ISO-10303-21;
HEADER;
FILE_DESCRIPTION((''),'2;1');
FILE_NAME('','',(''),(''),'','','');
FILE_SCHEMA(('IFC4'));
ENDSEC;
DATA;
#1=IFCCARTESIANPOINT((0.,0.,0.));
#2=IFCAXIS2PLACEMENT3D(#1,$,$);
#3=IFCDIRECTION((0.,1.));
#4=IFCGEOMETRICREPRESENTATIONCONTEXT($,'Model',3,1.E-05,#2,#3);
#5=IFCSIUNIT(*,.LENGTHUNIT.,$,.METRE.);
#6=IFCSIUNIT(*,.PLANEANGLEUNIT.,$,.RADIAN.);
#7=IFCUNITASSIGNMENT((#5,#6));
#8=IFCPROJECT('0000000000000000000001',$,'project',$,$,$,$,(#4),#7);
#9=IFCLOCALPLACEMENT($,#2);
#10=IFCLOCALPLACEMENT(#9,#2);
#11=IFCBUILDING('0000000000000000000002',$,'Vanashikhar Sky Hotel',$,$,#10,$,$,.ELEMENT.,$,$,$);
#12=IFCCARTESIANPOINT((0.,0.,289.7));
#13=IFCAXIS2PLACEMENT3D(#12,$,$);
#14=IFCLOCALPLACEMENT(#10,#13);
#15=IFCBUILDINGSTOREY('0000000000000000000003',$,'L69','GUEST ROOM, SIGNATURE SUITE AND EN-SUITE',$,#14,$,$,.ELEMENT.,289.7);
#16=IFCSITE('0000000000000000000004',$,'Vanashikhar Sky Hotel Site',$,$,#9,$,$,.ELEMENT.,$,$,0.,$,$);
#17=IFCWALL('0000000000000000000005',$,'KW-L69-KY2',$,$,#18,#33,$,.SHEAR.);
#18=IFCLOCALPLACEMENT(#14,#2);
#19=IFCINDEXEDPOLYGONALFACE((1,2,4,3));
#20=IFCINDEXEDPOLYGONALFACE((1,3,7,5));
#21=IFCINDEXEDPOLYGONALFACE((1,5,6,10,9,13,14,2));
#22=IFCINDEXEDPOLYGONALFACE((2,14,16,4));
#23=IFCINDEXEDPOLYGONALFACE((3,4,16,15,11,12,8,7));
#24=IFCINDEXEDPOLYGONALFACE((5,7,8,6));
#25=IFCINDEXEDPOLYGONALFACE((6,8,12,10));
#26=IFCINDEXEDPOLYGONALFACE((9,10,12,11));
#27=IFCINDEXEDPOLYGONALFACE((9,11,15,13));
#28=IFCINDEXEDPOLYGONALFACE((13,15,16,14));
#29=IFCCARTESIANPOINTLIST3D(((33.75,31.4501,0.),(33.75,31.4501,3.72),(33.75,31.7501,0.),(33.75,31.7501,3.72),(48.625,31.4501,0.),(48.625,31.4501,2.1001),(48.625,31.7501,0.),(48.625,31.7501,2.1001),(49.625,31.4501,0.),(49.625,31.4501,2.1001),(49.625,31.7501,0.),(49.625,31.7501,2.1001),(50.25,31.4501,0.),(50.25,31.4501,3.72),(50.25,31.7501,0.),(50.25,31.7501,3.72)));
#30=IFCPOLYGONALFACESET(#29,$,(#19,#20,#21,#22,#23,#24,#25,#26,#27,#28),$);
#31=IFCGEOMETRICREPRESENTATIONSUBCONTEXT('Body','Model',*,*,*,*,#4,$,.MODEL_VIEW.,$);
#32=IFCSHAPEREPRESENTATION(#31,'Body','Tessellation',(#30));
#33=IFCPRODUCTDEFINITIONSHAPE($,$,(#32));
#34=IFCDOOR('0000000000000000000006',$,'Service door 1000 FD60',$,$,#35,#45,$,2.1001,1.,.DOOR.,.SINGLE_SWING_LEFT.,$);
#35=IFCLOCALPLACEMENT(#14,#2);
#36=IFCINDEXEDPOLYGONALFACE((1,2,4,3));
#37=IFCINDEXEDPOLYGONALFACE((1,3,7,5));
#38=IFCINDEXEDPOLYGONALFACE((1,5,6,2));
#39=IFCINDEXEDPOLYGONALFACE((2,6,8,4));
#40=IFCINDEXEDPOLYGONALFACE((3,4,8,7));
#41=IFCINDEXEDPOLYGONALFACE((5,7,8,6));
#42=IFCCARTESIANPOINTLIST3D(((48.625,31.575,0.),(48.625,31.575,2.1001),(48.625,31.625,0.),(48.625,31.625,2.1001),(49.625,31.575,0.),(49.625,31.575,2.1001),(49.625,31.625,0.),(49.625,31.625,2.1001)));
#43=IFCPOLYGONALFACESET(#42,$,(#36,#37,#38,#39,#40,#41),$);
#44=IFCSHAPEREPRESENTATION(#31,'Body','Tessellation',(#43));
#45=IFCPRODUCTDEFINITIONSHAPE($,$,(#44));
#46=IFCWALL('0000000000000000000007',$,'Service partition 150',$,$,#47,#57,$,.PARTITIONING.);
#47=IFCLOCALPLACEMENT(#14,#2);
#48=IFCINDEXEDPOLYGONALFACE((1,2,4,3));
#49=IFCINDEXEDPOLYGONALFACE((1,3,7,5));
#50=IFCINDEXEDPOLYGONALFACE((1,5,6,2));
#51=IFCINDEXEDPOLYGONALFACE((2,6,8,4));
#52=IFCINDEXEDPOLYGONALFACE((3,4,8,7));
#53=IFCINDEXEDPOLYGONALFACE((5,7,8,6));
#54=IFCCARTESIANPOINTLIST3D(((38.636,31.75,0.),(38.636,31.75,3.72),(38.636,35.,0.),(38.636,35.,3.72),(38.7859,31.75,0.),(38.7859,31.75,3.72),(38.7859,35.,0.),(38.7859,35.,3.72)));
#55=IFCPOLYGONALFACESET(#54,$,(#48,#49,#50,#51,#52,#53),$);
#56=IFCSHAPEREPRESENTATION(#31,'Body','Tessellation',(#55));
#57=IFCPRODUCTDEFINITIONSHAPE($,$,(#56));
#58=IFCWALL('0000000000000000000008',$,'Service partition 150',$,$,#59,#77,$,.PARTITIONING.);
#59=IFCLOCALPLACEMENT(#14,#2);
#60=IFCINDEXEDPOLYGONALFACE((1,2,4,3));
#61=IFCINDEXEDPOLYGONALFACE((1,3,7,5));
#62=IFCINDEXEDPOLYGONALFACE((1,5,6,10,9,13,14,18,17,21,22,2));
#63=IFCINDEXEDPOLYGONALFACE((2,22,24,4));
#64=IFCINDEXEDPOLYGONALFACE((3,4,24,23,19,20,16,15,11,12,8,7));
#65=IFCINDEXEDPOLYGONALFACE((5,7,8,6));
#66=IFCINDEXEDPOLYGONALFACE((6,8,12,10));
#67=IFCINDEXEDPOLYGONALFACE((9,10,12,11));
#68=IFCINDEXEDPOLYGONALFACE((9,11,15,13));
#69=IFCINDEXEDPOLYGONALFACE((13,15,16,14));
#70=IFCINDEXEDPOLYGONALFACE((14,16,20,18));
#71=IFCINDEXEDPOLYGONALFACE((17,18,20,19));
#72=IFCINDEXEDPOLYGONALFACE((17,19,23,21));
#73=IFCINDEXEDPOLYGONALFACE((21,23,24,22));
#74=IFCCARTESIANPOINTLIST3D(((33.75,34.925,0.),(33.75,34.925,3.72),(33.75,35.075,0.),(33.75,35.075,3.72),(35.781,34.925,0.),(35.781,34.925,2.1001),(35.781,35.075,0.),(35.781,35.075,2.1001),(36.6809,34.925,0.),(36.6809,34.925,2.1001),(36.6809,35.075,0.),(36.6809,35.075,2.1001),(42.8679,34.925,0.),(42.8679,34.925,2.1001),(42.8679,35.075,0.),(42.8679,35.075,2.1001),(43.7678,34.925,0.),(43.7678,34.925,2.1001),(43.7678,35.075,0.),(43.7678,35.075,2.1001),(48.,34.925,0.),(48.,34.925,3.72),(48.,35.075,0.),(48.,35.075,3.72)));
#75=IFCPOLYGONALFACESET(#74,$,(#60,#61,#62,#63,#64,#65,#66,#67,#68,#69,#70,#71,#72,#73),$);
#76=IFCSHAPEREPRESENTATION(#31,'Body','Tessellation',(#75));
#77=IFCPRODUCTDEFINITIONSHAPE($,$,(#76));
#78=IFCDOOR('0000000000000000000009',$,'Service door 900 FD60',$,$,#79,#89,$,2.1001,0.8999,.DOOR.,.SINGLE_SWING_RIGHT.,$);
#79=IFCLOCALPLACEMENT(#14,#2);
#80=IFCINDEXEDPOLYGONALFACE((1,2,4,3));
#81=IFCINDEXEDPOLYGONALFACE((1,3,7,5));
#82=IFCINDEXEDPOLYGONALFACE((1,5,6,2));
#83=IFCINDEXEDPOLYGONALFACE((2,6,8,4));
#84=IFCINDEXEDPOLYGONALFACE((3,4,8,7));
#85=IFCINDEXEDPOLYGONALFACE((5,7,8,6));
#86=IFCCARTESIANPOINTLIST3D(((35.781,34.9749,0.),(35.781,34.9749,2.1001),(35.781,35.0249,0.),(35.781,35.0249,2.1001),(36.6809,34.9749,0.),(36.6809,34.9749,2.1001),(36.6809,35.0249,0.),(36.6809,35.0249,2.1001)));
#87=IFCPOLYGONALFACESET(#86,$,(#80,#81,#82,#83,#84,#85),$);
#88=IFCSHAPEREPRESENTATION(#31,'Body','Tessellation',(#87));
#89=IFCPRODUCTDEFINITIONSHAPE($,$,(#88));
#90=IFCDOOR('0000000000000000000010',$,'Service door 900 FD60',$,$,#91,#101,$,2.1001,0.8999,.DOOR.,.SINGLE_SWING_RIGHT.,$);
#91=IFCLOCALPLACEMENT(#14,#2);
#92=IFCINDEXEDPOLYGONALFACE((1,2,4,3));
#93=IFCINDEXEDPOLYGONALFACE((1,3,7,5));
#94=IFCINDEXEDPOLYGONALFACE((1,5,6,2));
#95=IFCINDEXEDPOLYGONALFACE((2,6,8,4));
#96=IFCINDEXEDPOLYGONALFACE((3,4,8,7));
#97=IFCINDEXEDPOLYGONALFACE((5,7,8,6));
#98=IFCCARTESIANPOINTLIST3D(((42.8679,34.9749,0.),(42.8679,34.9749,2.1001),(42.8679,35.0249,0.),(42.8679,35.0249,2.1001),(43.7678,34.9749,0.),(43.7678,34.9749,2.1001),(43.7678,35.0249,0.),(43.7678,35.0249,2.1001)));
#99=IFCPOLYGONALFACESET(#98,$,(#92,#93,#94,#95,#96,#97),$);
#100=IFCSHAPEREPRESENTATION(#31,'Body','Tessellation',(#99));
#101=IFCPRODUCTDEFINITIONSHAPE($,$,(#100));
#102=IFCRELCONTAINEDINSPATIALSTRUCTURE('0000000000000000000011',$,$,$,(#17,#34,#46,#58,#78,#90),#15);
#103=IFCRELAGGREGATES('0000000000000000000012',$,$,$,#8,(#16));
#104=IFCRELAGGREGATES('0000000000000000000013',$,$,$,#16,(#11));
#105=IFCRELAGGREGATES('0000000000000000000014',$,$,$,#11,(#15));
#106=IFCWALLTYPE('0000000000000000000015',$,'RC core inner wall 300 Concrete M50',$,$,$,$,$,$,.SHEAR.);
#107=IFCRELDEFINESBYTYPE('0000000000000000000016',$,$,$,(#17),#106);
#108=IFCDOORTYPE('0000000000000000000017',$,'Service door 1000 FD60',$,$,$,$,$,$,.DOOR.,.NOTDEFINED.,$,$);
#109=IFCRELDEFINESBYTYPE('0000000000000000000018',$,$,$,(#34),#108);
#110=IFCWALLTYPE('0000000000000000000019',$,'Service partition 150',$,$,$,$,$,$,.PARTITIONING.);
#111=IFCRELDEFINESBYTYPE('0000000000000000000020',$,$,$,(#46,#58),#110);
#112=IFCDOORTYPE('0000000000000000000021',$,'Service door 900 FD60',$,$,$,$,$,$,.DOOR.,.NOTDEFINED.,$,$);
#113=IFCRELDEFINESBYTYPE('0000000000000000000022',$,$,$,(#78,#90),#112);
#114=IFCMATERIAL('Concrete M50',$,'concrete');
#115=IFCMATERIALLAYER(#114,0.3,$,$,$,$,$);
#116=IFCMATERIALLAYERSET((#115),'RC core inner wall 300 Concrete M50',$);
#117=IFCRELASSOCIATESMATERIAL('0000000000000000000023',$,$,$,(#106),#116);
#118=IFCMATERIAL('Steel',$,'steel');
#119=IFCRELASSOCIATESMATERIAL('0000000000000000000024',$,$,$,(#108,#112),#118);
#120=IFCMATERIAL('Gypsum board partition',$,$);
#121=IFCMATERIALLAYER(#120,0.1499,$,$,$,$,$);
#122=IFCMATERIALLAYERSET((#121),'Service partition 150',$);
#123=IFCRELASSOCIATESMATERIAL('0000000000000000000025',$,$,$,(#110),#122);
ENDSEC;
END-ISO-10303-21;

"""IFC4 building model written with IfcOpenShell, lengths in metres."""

from ifc_helpers import new_model, si_unit, direction, frame, frame_2d, origin, place, context, subcontext, project, spatial, rectangle, extrude, source, transform, mapped, material, layer, layer_set, type_object, element, fill, save


model = new_model("IFC4")

# Units and contexts
model_context = context("Model", 3, precision=1e-05, world=origin(), true_north=direction((0.0, 1.0)))
body_context = subcontext(model_context, "Body", "Model", "MODEL_VIEW")
ifc_project = project(units=[si_unit("LENGTHUNIT", "METRE"), si_unit("PLANEANGLEUNIT", "RADIAN")], contexts=[model_context])

# Site, building, storey
site_placement = place(None, origin())
site = spatial("IfcSite", under=ifc_project, at=site_placement, Name="Vanashikhar Sky Hotel Site", CompositionType="ELEMENT", RefElevation=0.0)
building_placement = place(site_placement, origin())
building = spatial("IfcBuilding", under=site, at=building_placement, Name="Vanashikhar Sky Hotel", CompositionType="ELEMENT")
storey_placement = place(building_placement, frame((0.0, 0.0, 289.7)))
storey = spatial("IfcBuildingStorey", under=building, at=storey_placement, Name="L69", Description="GUEST ROOM, SIGNATURE SUITE AND EN-SUITE", CompositionType="ELEMENT", Elevation=289.7)

# Wall, opening, door
ifc_material_1 = material(Name="Concrete M50", Category="concrete")
ifc_layer_1 = layer(ifc_material_1, 0.3)
ifc_layer_set_1 = layer_set([ifc_layer_1], Name="RC core inner wall 300 Concrete M50")
wall_type_1 = type_object("IfcWallType", Name="RC core inner wall 300 Concrete M50", PredefinedType="SHEAR", material=ifc_layer_set_1)
shared_shape_1 = source(origin(), body_context, "Body", "SweptSolid", [
    extrude(rectangle(XDim=16.5, YDim=0.3, at=frame_2d((8.25, 0.0))), origin(), (0.0, 0.0, 1.0), 3.72),
])
wall_1_placement = place(storey_placement, frame((33.75, 31.6001, 0.0), z_axis=(0.0, 0.0, 1.0), x_axis=(1.0, 0.0, 0.0)))
wall_1 = element("IfcWall", 1, at=wall_1_placement, inside=storey, type_object=wall_type_1, Name="KW-L69-KY2", PredefinedType="SHEAR", context=body_context, shape_type="MappedRepresentation", body=[
    mapped(shared_shape_1, transform((0.0, 0.0, 0.0), scale=1.0)),
])
shared_shape_2 = source(origin(), body_context, "Body", "SweptSolid", [
    extrude(rectangle(XDim=1.0, YDim=2.1001, at=frame_2d((0.5, 1.05))), frame((0.0, 0.1602, 0.0), z_axis=(0.0, -1.0, 0.0), x_axis=(1.0, 0.0, 0.0)), (0.0, 0.0, 1.0), 0.3201),
])
opening_1_placement = place(wall_1_placement, frame((14.875, 0.0, 0.0)))
opening_1 = element("IfcOpeningElement", 2, at=opening_1_placement, cuts=wall_1, PredefinedType="OPENING", context=body_context, shape_type="MappedRepresentation", body=[
    mapped(shared_shape_2, transform((0.0, 0.0, 0.0), scale=1.0)),
])
ifc_material_2 = material(Name="Steel", Category="steel")
door_type_1 = type_object("IfcDoorType", Name="Service door 1000 FD60", OperationType="NOTDEFINED", PredefinedType="DOOR", material=ifc_material_2)
shared_shape_3 = source(origin(), body_context, "Body", "SweptSolid", [
    extrude(rectangle(XDim=1.0, YDim=2.1001, at=frame_2d((0.5, 1.05))), frame((0.0, 0.0249, 0.0), z_axis=(0.0, -1.0, 0.0), x_axis=(1.0, 0.0, 0.0)), (0.0, 0.0, 1.0), 0.05),
])
door_1_placement = place(opening_1_placement, origin())
door_1 = element("IfcDoor", 3, at=door_1_placement, inside=storey, type_object=door_type_1, Name="Service door 1000 FD60", OperationType="SINGLE_SWING_LEFT", OverallHeight=2.1001, OverallWidth=1.0, PredefinedType="DOOR", context=body_context, shape_type="MappedRepresentation", body=[
    mapped(shared_shape_3, transform((0.0, 0.0, 0.0), scale=1.0)),
])
fill(opening_1, door_1)

# Wall
ifc_material_3 = material(Name="Gypsum board partition")
ifc_layer_2 = layer(ifc_material_3, 0.1499)
ifc_layer_set_2 = layer_set([ifc_layer_2], Name="Service partition 150")
wall_type_2 = type_object("IfcWallType", Name="Service partition 150", PredefinedType="PARTITIONING", material=ifc_layer_set_2)
shared_shape_4 = source(origin(), body_context, "Body", "SweptSolid", [
    extrude(rectangle(XDim=3.25, YDim=0.1499, at=frame_2d((1.625, 0.0))), origin(), (0.0, 0.0, 1.0), 3.72),
])
wall_2_placement = place(storey_placement, frame((38.7109, 31.75, 0.0), z_axis=(0.0, 0.0, 1.0), x_axis=(0.0, 1.0, 0.0)))
element("IfcWall", 4, at=wall_2_placement, inside=storey, type_object=wall_type_2, Name="Service partition 150", PredefinedType="PARTITIONING", context=body_context, shape_type="MappedRepresentation", body=[
    mapped(shared_shape_4, transform((0.0, 0.0, 0.0), scale=1.0)),
])

# Wall, openings, doors
shared_shape_5 = source(origin(), body_context, "Body", "SweptSolid", [
    extrude(rectangle(XDim=14.25, YDim=0.1499, at=frame_2d((7.125, 0.0))), origin(), (0.0, 0.0, 1.0), 3.72),
])
wall_3_placement = place(storey_placement, frame((33.75, 35.0, 0.0), z_axis=(0.0, 0.0, 1.0), x_axis=(1.0, 0.0, 0.0)))
wall_3 = element("IfcWall", 5, at=wall_3_placement, inside=storey, type_object=wall_type_2, Name="Service partition 150", PredefinedType="PARTITIONING", context=body_context, shape_type="MappedRepresentation", body=[
    mapped(shared_shape_5, transform((0.0, 0.0, 0.0), scale=1.0)),
])
shared_shape_6 = source(origin(), body_context, "Body", "SweptSolid", [
    extrude(rectangle(XDim=0.8999, YDim=2.1001, at=frame_2d((0.45, 1.05))), frame((0.0, 0.085, 0.0), z_axis=(0.0, -1.0, 0.0), x_axis=(1.0, 0.0, 0.0)), (0.0, 0.0, 1.0), 0.1699),
])
opening_2_placement = place(wall_3_placement, frame((2.031, 0.0, 0.0)))
opening_2 = element("IfcOpeningElement", 6, at=opening_2_placement, cuts=wall_3, PredefinedType="OPENING", context=body_context, shape_type="MappedRepresentation", body=[
    mapped(shared_shape_6, transform((0.0, 0.0, 0.0), scale=1.0)),
])
opening_3_placement = place(wall_3_placement, frame((9.1179, 0.0, 0.0)))
opening_3 = element("IfcOpeningElement", 7, at=opening_3_placement, cuts=wall_3, PredefinedType="OPENING", context=body_context, shape_type="MappedRepresentation", body=[
    mapped(shared_shape_6, transform((0.0, 0.0, 0.0), scale=1.0)),
])
door_type_2 = type_object("IfcDoorType", Name="Service door 900 FD60", OperationType="NOTDEFINED", PredefinedType="DOOR", material=ifc_material_2)
shared_shape_7 = source(origin(), body_context, "Body", "SweptSolid", [
    extrude(rectangle(XDim=0.8999, YDim=2.1001, at=frame_2d((0.45, 1.05))), frame((0.0, 0.0249, 0.0), z_axis=(0.0, -1.0, 0.0), x_axis=(1.0, 0.0, 0.0)), (0.0, 0.0, 1.0), 0.05),
])
door_2_placement = place(opening_2_placement, origin())
door_2 = element("IfcDoor", 8, at=door_2_placement, inside=storey, type_object=door_type_2, Name="Service door 900 FD60", OperationType="SINGLE_SWING_RIGHT", OverallHeight=2.1001, OverallWidth=0.8999, PredefinedType="DOOR", context=body_context, shape_type="MappedRepresentation", body=[
    mapped(shared_shape_7, transform((0.0, 0.0, 0.0), scale=1.0)),
])
fill(opening_2, door_2)
door_3_placement = place(opening_3_placement, origin())
door_3 = element("IfcDoor", 9, at=door_3_placement, inside=storey, type_object=door_type_2, Name="Service door 900 FD60", OperationType="SINGLE_SWING_RIGHT", OverallHeight=2.1001, OverallWidth=0.8999, PredefinedType="DOOR", context=body_context, shape_type="MappedRepresentation", body=[
    mapped(shared_shape_7, transform((0.0, 0.0, 0.0), scale=1.0)),
])
fill(opening_3, door_3)

save(model, "model.ifc")
